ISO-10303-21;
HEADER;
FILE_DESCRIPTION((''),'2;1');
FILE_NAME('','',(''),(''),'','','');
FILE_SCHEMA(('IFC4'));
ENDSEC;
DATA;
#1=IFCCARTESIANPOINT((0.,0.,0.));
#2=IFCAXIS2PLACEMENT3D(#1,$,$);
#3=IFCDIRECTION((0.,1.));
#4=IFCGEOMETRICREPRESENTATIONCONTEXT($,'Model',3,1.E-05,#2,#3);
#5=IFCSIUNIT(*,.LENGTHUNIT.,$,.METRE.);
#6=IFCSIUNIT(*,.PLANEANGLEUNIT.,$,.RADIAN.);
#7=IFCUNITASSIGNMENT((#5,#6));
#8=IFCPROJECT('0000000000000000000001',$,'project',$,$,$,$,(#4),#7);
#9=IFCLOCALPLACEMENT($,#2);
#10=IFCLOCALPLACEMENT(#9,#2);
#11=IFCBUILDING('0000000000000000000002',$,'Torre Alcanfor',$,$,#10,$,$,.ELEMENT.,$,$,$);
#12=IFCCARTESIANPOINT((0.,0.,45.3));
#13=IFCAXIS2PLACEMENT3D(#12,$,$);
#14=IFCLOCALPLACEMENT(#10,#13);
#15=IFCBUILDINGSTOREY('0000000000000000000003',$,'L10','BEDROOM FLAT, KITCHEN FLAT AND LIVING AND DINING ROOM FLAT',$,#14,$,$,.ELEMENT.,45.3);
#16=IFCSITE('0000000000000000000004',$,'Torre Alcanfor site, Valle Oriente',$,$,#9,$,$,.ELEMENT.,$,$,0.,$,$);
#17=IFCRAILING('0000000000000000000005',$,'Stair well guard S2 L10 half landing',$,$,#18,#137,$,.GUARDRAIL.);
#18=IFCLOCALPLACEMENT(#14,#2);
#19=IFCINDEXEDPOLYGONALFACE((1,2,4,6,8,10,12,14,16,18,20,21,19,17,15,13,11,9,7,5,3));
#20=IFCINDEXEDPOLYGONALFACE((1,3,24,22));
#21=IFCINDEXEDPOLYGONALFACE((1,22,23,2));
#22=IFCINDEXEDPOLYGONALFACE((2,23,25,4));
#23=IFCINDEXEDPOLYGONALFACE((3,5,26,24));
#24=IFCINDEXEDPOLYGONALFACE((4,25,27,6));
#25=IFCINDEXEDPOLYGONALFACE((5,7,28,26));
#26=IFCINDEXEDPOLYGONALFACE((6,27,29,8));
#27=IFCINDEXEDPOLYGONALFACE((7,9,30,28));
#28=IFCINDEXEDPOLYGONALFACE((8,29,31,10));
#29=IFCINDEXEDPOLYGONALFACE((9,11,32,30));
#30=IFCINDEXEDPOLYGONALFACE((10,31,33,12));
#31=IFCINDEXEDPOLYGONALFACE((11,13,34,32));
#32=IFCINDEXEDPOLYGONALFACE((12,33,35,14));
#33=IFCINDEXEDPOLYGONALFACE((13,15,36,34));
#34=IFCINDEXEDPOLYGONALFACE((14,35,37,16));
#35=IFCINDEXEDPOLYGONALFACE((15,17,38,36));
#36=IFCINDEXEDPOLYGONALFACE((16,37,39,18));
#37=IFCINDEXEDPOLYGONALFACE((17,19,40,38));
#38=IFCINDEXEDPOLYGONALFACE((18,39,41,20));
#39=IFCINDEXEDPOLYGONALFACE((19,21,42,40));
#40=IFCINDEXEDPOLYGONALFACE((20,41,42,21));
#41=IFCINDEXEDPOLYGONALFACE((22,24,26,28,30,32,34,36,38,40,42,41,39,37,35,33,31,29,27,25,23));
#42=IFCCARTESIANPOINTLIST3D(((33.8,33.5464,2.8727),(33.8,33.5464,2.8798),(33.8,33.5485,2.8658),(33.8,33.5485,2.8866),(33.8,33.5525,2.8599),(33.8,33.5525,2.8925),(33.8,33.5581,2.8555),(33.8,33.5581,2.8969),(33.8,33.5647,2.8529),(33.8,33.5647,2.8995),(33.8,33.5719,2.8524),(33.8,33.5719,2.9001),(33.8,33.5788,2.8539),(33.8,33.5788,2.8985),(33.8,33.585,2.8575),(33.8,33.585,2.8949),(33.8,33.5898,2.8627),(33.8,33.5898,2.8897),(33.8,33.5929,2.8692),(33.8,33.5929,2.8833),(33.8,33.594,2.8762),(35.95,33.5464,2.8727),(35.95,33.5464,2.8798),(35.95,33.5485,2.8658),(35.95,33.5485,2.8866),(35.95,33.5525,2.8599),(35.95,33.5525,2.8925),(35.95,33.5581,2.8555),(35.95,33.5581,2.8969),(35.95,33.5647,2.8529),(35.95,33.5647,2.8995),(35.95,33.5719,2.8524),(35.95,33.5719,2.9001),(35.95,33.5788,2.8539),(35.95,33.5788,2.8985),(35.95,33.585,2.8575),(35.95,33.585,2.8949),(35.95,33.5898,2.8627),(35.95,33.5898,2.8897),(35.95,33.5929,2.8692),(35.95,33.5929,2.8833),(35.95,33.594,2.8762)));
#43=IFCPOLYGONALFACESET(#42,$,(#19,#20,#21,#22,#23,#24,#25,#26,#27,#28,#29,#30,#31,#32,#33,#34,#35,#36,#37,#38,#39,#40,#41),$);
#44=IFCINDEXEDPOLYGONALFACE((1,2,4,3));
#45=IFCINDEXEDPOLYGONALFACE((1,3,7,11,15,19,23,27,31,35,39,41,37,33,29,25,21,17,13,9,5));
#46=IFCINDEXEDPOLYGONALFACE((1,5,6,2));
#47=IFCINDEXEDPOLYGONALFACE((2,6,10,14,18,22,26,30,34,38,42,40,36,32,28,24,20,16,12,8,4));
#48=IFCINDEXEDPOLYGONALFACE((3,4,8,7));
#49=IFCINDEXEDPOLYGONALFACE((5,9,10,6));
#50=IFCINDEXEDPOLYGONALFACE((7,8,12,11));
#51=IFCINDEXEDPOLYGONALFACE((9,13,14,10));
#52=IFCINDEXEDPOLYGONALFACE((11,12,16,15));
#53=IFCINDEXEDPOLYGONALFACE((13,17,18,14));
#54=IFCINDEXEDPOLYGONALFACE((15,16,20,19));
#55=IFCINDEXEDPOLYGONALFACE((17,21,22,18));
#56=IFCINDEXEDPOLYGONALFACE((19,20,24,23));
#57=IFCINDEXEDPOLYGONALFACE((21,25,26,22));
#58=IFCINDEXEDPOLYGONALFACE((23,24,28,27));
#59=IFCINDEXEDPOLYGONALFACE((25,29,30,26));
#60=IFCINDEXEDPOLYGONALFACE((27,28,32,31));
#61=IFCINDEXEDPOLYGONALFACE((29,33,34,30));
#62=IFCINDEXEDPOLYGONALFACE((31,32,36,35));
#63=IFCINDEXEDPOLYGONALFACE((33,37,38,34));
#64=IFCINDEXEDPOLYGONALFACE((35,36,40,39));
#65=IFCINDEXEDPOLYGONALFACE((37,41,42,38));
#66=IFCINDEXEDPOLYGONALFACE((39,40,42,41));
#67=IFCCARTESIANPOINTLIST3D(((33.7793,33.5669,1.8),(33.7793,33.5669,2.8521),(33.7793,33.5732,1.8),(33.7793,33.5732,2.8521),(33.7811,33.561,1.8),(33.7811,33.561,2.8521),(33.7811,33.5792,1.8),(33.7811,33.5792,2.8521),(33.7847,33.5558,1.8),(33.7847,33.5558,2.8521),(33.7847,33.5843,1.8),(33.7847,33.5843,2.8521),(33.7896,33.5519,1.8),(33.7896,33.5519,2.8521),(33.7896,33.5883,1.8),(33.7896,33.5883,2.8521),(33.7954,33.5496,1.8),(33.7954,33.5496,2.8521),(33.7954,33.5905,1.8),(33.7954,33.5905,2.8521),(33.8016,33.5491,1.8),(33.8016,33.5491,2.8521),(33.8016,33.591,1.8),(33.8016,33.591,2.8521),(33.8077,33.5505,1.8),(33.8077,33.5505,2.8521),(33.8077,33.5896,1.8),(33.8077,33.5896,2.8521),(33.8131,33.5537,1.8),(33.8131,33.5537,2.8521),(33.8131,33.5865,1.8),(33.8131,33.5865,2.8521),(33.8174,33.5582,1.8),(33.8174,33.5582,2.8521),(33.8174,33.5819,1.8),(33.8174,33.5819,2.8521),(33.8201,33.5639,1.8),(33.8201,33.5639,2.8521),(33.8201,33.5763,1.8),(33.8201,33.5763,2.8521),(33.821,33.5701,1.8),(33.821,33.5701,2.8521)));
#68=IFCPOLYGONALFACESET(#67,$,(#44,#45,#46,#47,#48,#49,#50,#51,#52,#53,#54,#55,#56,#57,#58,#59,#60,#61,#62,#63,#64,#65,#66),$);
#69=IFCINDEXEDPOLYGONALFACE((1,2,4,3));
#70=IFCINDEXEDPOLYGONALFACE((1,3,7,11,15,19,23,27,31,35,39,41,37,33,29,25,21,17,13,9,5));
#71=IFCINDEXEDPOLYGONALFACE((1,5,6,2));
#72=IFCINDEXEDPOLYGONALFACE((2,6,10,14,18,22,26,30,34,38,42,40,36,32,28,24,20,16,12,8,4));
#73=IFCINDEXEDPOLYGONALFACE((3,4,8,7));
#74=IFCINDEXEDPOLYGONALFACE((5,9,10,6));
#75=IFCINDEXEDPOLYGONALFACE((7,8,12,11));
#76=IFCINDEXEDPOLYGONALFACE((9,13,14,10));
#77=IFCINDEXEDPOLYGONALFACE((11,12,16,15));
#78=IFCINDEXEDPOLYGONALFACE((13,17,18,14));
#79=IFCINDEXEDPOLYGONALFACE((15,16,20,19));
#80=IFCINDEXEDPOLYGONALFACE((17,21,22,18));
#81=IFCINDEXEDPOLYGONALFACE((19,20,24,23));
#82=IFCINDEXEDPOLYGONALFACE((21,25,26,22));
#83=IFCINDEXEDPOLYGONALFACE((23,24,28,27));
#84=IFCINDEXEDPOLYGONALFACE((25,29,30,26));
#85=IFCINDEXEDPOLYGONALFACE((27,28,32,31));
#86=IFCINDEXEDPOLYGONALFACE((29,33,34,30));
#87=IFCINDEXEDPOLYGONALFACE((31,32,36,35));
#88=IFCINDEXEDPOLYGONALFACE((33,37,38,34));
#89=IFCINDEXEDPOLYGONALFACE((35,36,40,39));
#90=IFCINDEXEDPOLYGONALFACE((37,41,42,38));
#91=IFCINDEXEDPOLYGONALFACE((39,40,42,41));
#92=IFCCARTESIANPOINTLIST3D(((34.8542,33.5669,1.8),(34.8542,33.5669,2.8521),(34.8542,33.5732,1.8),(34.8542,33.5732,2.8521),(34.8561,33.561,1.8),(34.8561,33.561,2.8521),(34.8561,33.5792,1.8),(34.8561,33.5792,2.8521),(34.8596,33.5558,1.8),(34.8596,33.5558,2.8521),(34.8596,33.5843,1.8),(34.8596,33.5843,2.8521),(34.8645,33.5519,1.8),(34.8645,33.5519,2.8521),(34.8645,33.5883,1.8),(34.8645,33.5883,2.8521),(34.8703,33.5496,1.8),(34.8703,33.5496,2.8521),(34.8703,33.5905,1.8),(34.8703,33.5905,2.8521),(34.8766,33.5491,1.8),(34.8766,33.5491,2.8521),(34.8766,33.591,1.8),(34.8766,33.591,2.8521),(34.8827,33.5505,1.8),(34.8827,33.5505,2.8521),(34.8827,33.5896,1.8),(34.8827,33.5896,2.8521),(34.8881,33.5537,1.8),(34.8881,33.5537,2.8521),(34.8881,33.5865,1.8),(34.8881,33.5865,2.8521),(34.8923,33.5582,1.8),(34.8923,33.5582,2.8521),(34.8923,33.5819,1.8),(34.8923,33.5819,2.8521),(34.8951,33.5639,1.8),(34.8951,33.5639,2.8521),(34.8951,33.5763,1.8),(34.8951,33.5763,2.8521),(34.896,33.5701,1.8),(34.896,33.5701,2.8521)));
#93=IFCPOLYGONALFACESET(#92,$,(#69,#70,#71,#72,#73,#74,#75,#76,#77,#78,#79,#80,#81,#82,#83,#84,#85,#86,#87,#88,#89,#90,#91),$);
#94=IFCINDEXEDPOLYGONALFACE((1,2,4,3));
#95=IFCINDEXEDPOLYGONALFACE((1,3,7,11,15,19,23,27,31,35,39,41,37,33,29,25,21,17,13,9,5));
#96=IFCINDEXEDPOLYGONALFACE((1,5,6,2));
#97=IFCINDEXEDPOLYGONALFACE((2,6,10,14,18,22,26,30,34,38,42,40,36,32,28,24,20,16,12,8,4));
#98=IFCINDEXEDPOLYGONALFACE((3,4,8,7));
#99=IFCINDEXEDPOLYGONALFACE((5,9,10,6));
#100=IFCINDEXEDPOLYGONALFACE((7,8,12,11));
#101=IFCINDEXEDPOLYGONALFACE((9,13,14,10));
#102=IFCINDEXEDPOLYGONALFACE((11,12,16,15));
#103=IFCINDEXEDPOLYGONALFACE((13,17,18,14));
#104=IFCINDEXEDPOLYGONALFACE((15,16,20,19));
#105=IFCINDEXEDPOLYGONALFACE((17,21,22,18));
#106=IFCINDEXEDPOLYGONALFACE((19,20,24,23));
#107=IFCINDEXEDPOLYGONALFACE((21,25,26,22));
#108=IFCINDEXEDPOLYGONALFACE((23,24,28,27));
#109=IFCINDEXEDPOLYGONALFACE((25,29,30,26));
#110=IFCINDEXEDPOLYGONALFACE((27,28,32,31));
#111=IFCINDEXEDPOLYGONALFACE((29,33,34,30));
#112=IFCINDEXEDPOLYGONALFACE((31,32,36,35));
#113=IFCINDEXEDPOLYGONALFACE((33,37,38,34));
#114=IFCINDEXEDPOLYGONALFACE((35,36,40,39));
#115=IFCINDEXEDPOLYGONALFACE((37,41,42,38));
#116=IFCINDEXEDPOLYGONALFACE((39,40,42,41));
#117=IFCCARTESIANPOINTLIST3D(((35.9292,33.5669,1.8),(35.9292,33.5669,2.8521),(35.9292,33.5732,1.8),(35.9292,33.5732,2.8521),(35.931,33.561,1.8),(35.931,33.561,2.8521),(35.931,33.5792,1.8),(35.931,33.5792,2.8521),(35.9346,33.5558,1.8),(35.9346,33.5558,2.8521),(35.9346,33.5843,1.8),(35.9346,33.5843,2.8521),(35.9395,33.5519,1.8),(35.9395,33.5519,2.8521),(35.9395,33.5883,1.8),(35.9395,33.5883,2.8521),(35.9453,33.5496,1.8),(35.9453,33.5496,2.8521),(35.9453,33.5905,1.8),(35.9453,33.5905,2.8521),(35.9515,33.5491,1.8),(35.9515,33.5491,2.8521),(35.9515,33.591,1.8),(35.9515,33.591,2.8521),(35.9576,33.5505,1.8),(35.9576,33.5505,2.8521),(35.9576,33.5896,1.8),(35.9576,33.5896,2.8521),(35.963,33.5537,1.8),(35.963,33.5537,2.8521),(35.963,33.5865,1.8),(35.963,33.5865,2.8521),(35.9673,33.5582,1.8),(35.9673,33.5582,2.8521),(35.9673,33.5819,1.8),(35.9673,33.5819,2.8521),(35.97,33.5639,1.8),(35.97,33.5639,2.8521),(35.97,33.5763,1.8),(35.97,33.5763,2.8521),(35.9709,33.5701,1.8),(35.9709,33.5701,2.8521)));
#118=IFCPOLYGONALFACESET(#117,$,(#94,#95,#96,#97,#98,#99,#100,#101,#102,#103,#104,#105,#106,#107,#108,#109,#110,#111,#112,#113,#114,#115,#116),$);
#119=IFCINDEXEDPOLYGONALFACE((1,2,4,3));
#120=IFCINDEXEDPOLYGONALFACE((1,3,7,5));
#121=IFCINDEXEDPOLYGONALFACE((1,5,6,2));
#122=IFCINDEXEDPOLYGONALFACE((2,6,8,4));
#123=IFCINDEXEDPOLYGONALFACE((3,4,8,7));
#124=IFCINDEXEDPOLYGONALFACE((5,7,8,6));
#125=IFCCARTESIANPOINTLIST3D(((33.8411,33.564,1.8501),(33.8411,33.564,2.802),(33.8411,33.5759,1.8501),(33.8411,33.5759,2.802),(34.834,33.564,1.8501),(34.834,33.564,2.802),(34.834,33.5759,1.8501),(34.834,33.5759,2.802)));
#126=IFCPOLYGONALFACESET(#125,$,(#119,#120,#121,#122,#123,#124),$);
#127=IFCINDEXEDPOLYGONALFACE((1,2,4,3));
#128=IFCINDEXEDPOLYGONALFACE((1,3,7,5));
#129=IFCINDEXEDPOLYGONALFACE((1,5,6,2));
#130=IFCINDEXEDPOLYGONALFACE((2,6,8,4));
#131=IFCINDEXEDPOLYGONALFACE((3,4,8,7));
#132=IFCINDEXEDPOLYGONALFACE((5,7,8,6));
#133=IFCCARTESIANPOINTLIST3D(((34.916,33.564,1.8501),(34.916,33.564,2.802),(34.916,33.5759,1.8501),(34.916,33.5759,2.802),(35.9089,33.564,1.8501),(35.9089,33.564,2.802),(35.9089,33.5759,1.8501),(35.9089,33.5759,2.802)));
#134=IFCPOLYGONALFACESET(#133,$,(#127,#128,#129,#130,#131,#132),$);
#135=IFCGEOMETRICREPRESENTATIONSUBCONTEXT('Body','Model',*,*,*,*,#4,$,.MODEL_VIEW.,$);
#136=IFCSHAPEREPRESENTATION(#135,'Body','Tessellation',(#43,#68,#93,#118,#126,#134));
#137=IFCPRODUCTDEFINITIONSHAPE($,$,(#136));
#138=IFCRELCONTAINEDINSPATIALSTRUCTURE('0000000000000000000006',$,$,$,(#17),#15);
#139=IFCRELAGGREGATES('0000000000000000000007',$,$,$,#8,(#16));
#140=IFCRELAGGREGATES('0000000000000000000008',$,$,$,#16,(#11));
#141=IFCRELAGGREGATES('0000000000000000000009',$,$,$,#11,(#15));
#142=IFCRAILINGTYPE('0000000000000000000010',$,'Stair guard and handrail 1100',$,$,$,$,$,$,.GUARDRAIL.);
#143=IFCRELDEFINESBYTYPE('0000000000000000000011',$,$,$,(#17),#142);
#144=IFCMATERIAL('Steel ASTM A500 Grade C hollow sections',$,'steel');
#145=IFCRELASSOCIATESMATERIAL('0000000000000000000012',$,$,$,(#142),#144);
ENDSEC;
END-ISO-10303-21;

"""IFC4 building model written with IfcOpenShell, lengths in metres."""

from ifc_helpers import new_model, si_unit, direction, frame, origin, origin_2d, place, context, subcontext, project, spatial, polyline, circle, outline, extrude, material, type_object, element, save


model = new_model("IFC4")

# Units and contexts
model_context = context("Model", 3, precision=1e-05, world=origin(), true_north=direction((0.0, 1.0)))
body_context = subcontext(model_context, "Body", "Model", "MODEL_VIEW")
ifc_project = project(units=[si_unit("LENGTHUNIT", "METRE"), si_unit("PLANEANGLEUNIT", "RADIAN")], contexts=[model_context])

# Site, building, storey
site_placement = place(None, origin())
site = spatial("IfcSite", under=ifc_project, at=site_placement, Name="Torre Alcanfor site, Valle Oriente", CompositionType="ELEMENT", RefElevation=0.0)
building_placement = place(site_placement, origin())
building = spatial("IfcBuilding", under=site, at=building_placement, Name="Torre Alcanfor", CompositionType="ELEMENT")
storey_placement = place(building_placement, frame((0.0, 0.0, 45.3)))
storey = spatial("IfcBuildingStorey", under=building, at=storey_placement, Name="L10", Description="BEDROOM FLAT, KITCHEN FLAT AND LIVING AND DINING ROOM FLAT", CompositionType="ELEMENT", Elevation=45.3)

# Railing
ifc_material_1 = material(Name="Steel ASTM A500 Grade C hollow sections", Category="steel")
railing_type_1 = type_object("IfcRailingType", Name="Stair guard and handrail 1100", PredefinedType="GUARDRAIL", material=ifc_material_1)
for number, where, name in (
    (1, (33.8, 33.5701, 1.8), "Stair well guard S2 L10 half landing"),
):
    element("IfcRailing", number, at=place(storey_placement, frame(where)), inside=storey, type_object=railing_type_1, Name=name, PredefinedType="GUARDRAIL", context=body_context, shape_type="SweptSolid", body=[
        extrude(circle(Radius=0.0239, at=origin_2d()), frame((0.0, 0.0, 1.0762), z_axis=(1.0, 0.0, 0.0), x_axis=(0.0, 1.0, 0.0)), (0.0, 0.0, 1.0), 2.1499),
        extrude(circle(Radius=0.021, at=origin_2d()), origin(), (0.0, 0.0, 1.0), 1.052),
        extrude(circle(Radius=0.021, at=origin_2d()), frame((1.075, 0.0, 0.0)), (0.0, 0.0, 1.0), 1.052),
        extrude(circle(Radius=0.021, at=origin_2d()), frame((2.1499, 0.0, 0.0)), (0.0, 0.0, 1.0), 1.052),
        extrude(outline(polyline([(0.041, 0.05), (1.0339, 0.05), (1.0339, 1.002), (0.041, 1.002), (0.041, 0.05)])), frame((0.0, 0.0059, 0.0), z_axis=(0.0, -1.0, 0.0), x_axis=(1.0, 0.0, 0.0)), (0.0, 0.0, 1.0), 0.012),
        extrude(outline(polyline([(1.116, 0.05), (2.1089, 0.05), (2.1089, 1.002), (1.116, 1.002), (1.116, 0.05)])), frame((0.0, 0.0059, 0.0), z_axis=(0.0, -1.0, 0.0), x_axis=(1.0, 0.0, 0.0)), (0.0, 0.0, 1.0), 0.012),
    ])

save(model, "model.ifc")
